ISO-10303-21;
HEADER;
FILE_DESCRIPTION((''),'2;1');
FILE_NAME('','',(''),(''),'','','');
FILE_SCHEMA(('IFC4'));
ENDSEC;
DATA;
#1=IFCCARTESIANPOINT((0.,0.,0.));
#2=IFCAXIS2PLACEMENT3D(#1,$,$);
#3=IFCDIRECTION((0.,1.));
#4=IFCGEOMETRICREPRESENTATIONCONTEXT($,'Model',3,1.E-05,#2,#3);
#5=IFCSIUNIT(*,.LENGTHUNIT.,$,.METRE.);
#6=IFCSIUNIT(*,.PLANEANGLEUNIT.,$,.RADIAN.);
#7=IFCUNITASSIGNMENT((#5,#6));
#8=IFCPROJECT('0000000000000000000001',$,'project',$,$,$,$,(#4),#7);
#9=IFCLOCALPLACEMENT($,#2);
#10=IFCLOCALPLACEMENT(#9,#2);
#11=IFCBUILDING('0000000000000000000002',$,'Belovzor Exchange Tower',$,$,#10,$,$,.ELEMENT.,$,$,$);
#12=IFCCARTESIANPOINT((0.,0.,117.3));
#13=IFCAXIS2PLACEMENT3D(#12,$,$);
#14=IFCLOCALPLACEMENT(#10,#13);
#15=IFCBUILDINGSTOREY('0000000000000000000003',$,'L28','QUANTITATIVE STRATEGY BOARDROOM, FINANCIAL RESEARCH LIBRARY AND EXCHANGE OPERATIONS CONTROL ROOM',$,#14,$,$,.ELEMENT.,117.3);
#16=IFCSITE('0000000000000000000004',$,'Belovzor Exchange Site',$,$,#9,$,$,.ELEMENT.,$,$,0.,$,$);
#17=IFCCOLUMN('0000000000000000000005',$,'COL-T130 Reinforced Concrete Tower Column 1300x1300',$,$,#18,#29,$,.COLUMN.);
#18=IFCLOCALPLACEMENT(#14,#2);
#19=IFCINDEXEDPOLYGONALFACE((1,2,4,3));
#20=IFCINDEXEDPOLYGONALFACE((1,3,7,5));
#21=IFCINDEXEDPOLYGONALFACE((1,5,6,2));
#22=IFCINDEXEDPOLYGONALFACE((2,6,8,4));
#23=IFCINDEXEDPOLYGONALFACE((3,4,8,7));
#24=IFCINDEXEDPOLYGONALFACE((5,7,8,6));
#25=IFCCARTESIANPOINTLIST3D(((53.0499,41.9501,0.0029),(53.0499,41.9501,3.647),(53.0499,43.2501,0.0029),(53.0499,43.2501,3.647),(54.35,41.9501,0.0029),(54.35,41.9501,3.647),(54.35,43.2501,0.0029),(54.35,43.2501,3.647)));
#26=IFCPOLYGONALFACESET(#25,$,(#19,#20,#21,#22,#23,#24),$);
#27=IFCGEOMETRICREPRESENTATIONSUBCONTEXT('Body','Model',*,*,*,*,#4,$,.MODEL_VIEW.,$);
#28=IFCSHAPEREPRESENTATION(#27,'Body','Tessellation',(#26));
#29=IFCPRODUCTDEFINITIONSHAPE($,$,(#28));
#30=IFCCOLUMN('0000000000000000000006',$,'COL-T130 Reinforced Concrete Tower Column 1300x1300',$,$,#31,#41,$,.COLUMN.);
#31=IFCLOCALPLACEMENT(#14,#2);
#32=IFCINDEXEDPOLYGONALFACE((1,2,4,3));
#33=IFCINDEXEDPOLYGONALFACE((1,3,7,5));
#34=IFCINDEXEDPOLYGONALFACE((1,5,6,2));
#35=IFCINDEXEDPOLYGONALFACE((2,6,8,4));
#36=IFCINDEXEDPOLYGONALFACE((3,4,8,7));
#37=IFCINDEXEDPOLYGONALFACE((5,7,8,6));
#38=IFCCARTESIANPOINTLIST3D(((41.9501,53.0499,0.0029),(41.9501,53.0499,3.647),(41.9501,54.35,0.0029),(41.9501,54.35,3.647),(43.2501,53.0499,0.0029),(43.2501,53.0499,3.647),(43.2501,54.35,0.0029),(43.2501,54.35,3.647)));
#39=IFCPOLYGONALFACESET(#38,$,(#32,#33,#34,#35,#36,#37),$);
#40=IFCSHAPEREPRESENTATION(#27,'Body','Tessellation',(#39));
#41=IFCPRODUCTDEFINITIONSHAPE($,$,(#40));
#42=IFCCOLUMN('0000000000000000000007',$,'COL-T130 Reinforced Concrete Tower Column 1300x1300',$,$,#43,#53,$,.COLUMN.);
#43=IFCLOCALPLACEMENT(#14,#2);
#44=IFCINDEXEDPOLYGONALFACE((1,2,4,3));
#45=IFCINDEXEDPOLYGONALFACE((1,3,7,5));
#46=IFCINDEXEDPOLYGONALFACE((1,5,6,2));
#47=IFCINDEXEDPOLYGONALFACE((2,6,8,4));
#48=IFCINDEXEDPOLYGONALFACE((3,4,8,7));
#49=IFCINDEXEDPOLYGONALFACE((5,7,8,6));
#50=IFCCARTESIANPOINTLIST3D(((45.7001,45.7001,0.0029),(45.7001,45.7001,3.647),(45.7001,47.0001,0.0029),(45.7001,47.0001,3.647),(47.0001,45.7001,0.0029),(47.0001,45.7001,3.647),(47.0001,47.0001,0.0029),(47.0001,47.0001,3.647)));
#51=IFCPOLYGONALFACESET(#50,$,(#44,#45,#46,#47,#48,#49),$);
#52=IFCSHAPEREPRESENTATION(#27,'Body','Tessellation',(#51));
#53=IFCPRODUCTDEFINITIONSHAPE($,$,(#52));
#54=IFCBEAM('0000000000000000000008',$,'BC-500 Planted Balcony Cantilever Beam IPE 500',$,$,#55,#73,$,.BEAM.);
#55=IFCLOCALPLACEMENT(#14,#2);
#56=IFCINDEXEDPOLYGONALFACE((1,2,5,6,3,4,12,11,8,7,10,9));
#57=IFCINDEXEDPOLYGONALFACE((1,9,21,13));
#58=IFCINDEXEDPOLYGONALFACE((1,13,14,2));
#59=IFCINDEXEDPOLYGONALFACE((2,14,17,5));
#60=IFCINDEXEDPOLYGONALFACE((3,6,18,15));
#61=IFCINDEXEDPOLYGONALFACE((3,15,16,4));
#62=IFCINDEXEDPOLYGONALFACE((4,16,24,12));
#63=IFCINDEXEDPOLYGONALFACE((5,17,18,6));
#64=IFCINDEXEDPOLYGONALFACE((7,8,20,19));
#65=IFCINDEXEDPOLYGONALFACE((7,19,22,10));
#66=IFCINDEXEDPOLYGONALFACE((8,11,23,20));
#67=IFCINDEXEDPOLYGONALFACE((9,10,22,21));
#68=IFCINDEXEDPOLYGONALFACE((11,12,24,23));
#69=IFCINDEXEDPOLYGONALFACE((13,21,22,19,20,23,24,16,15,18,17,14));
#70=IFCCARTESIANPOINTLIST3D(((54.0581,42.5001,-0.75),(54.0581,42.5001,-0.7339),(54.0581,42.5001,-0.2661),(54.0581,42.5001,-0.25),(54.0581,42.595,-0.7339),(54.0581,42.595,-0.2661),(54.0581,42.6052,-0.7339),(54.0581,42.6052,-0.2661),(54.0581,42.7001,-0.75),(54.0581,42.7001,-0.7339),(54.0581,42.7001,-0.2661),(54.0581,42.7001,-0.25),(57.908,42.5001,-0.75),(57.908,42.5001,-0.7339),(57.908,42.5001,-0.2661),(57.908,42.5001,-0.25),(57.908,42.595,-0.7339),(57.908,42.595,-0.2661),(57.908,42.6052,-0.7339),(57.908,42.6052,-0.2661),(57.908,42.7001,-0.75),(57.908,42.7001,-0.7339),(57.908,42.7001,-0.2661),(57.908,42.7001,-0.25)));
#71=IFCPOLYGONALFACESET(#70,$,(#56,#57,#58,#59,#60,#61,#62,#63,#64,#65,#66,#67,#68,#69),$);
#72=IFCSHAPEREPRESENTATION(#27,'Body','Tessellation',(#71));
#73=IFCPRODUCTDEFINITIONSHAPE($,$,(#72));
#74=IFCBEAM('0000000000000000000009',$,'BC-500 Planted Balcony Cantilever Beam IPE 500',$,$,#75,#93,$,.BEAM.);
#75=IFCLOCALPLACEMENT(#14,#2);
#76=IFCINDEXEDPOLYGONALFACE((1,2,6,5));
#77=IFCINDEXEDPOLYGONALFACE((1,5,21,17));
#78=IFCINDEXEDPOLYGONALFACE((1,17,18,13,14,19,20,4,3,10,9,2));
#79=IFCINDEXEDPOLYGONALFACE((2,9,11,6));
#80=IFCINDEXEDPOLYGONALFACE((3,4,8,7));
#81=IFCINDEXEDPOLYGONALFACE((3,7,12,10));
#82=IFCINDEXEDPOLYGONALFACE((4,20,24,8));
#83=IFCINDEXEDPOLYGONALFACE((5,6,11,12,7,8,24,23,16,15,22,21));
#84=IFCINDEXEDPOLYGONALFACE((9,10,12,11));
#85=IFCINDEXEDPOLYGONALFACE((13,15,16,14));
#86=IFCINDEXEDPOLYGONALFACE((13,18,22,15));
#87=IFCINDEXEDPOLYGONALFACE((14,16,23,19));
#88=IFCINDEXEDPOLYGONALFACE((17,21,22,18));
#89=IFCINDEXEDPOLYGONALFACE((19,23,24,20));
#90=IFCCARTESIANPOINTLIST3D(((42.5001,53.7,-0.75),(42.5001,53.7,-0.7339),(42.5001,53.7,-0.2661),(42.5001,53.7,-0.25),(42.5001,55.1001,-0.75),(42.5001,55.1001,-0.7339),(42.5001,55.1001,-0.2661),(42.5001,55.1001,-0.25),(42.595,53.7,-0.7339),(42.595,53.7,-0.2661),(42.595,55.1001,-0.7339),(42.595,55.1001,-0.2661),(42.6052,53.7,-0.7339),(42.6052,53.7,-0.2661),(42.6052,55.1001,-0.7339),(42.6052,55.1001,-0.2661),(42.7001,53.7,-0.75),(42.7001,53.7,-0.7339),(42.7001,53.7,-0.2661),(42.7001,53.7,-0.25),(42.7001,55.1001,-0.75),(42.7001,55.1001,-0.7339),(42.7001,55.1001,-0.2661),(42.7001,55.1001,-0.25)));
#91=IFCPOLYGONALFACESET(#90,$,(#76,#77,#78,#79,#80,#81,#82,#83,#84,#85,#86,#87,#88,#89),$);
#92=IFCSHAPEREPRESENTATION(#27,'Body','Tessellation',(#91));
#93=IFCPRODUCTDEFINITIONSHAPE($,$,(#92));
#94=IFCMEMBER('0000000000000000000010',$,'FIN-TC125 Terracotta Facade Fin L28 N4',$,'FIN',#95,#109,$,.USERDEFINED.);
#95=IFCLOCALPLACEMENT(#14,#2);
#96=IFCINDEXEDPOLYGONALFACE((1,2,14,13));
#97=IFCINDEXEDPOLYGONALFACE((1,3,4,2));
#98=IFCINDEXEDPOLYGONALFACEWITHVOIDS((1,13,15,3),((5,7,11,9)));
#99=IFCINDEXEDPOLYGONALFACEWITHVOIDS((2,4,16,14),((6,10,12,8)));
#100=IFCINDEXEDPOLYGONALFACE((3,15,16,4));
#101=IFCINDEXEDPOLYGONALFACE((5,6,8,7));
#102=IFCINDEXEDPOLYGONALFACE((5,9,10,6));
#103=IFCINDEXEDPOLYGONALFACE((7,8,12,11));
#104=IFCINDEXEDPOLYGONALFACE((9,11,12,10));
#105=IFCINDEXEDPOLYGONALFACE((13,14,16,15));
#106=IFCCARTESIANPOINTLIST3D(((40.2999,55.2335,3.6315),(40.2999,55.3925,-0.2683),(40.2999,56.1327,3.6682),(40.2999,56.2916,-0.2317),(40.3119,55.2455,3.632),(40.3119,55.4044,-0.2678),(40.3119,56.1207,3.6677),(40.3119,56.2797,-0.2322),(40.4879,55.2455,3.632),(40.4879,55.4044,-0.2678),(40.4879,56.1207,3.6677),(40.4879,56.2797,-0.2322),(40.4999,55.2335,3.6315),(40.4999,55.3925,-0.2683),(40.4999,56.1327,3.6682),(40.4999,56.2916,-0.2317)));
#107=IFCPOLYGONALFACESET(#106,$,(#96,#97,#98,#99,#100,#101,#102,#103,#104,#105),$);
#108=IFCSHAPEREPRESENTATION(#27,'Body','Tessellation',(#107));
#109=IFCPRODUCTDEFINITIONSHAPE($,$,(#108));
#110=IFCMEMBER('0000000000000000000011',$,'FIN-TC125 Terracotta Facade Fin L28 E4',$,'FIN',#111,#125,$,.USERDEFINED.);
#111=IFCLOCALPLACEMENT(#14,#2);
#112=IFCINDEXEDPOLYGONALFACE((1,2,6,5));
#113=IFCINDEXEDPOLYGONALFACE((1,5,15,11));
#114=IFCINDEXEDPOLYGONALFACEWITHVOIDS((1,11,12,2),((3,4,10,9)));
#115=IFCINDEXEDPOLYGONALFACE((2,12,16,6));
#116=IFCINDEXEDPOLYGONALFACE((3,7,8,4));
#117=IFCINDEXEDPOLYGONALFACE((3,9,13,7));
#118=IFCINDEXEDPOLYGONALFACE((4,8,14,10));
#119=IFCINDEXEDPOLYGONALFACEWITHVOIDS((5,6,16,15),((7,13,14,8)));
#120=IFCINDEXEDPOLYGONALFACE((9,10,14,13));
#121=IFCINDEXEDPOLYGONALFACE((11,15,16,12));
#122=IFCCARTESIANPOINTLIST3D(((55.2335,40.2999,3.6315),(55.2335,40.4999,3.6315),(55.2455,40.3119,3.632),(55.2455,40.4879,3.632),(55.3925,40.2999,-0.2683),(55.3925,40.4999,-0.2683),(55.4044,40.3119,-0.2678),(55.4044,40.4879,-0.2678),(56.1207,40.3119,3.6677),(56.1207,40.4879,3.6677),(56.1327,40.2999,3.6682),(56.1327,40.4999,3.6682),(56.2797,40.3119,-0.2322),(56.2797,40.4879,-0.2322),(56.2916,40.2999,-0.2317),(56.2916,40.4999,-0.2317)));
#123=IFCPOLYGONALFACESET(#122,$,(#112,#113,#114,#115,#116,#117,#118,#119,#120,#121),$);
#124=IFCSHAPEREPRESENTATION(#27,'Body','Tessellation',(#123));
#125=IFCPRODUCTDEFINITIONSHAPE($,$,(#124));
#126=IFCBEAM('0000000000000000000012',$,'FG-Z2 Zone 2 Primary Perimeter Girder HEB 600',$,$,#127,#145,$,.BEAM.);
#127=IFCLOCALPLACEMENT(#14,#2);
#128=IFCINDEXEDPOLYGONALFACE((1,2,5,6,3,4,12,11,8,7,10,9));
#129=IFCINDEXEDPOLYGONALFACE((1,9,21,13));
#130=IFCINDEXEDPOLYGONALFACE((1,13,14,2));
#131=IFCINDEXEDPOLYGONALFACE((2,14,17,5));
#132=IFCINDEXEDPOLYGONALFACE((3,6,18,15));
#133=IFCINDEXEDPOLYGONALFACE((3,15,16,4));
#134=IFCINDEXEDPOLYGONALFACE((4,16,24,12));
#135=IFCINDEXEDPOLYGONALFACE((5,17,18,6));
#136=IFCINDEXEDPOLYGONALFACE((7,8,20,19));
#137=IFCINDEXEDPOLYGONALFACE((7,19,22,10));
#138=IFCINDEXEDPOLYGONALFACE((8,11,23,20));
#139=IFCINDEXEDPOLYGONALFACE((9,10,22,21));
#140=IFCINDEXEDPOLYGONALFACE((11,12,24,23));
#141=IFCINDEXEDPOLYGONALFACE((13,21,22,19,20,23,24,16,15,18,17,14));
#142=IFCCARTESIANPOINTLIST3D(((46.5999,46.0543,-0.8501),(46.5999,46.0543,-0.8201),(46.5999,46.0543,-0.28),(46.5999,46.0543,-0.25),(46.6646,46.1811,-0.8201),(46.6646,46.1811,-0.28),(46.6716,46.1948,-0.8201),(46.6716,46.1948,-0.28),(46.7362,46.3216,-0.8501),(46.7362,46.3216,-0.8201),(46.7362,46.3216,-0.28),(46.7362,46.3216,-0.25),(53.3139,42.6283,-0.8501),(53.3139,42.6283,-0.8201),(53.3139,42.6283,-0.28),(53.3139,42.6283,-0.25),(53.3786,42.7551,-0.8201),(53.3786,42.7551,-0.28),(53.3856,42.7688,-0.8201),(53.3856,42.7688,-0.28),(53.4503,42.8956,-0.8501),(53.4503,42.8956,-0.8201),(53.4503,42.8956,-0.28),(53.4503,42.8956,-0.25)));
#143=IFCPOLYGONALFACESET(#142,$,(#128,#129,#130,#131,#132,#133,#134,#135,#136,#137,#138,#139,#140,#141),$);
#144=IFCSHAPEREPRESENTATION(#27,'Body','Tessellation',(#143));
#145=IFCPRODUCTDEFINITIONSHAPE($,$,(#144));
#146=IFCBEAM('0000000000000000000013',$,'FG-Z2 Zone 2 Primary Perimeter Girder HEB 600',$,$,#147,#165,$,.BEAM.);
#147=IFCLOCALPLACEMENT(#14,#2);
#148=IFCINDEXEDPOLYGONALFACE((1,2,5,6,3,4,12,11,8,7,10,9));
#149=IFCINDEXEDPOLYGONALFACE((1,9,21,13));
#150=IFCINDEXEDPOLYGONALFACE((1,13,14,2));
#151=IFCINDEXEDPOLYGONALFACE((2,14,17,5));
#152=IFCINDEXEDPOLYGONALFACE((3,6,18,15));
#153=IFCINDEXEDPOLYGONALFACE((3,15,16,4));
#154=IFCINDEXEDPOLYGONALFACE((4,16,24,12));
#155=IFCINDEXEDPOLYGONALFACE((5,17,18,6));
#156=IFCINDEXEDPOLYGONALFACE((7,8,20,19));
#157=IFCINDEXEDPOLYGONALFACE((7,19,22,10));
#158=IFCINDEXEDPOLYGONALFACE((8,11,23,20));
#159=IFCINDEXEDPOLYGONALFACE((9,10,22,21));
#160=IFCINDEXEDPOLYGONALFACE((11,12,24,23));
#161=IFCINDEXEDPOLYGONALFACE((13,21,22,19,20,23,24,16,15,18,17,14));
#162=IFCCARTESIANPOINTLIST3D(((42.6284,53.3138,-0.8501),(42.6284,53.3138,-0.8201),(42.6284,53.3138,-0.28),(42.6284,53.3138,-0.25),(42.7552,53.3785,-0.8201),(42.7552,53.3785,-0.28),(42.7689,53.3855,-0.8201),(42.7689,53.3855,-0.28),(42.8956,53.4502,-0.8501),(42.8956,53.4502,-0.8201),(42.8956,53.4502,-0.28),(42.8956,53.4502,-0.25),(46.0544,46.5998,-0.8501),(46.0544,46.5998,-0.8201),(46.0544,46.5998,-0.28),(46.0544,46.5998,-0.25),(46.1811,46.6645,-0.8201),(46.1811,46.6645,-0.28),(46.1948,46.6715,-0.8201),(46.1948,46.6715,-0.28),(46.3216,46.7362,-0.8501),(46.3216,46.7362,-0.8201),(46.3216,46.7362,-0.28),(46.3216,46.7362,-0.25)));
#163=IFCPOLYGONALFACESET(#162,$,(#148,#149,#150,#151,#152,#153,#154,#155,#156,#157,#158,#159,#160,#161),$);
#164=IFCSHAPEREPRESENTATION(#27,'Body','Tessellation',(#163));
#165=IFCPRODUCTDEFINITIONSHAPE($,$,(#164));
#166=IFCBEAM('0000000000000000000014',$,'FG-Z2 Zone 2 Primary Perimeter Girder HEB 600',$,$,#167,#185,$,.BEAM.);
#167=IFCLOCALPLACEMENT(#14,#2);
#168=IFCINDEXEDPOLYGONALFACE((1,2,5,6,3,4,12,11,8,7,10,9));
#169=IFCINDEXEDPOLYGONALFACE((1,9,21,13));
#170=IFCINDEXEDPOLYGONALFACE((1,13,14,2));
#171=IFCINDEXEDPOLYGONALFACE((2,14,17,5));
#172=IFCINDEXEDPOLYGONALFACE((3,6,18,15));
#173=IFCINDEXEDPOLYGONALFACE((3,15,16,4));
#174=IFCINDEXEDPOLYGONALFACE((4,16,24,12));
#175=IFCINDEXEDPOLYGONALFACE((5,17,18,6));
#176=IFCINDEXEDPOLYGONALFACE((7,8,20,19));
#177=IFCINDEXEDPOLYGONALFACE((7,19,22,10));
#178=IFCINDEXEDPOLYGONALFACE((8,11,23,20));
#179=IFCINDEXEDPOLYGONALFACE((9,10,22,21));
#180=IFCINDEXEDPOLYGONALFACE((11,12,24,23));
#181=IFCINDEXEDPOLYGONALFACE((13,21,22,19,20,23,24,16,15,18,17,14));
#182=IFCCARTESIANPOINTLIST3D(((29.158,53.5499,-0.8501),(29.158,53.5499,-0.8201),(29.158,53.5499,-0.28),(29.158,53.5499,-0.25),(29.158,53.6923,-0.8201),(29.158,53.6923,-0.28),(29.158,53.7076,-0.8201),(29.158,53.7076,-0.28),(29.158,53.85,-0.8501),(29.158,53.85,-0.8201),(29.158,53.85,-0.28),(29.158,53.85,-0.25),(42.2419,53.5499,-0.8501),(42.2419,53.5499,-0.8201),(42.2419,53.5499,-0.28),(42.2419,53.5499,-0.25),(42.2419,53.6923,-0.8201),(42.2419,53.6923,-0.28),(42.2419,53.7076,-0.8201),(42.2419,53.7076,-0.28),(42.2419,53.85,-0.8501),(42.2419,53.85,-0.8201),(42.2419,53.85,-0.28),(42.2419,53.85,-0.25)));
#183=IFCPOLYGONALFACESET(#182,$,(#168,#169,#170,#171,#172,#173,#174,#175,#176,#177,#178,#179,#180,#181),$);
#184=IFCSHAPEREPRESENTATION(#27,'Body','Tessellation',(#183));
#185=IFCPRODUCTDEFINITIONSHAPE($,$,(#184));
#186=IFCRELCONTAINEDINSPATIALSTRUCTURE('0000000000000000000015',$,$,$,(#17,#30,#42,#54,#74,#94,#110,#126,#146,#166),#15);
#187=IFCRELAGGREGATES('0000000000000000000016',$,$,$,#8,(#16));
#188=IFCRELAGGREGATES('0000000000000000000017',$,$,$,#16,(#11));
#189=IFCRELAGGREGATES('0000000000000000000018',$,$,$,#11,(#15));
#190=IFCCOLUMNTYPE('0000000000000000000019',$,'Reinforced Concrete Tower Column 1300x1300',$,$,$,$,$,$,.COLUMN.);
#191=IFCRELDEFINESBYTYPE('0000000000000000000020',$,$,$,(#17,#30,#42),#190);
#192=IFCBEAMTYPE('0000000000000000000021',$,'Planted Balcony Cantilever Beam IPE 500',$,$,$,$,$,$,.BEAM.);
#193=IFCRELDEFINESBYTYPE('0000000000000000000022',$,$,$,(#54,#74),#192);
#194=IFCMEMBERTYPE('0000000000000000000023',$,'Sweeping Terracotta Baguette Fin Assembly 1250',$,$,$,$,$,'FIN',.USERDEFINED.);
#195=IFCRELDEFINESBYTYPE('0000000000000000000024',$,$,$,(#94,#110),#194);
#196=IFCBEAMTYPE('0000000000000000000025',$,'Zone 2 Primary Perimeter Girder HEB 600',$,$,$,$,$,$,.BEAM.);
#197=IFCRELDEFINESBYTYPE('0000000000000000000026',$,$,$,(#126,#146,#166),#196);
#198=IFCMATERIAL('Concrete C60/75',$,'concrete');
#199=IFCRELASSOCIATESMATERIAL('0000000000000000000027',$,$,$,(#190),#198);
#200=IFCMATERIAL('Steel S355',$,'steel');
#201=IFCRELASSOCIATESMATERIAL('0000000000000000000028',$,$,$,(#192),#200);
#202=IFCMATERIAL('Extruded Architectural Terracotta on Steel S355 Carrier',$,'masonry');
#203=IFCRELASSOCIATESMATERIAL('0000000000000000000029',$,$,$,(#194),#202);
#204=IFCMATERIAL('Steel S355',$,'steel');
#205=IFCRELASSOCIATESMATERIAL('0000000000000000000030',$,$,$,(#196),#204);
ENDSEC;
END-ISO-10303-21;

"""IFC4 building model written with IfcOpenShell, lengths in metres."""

from ifc_helpers import new_model, si_unit, direction, frame, origin, origin_2d, place, context, subcontext, project, spatial, rectangle, hollow_rectangle, i_section, extrude, material, material_profile, profile_set, type_object, element, save


model = new_model("IFC4")

# Units and contexts
model_context = context("Model", 3, precision=1e-05, world=origin(), true_north=direction((0.0, 1.0)))
body_context = subcontext(model_context, "Body", "Model", "MODEL_VIEW")
ifc_project = project(units=[si_unit("LENGTHUNIT", "METRE"), si_unit("PLANEANGLEUNIT", "RADIAN")], contexts=[model_context])

# Site, building, storey
site_placement = place(None, origin())
site = spatial("IfcSite", under=ifc_project, at=site_placement, Name="Belovzor Exchange Site", CompositionType="ELEMENT", RefElevation=0.0)
building_placement = place(site_placement, origin())
building = spatial("IfcBuilding", under=site, at=building_placement, Name="Belovzor Exchange Tower", CompositionType="ELEMENT")
storey_placement = place(building_placement, frame((0.0, 0.0, 117.3)))
storey = spatial("IfcBuildingStorey", under=building, at=storey_placement, Name="L28", Description="QUANTITATIVE STRATEGY BOARDROOM, FINANCIAL RESEARCH LIBRARY AND EXCHANGE OPERATIONS CONTROL ROOM", CompositionType="ELEMENT", Elevation=117.3)

# Columns
ifc_material_1 = material(Name="Concrete C60/75", Category="concrete")
ifc_material_profile_1 = material_profile(ifc_material_1, rectangle(XDim=1.3, YDim=1.3, at=origin_2d()))
ifc_profile_set_1 = profile_set([ifc_material_profile_1], Name="Concrete C60/75")
column_type = type_object("IfcColumnType", Name="Reinforced Concrete Tower Column 1300x1300", PredefinedType="COLUMN", material=ifc_profile_set_1)
for number, where, z_axis, x_axis, name in (
    (1, (53.7, 42.6001, 0.0029), (0.0, 0.0, 1.0), (1.0, 0.0, 0.0), "COL-T130 Reinforced Concrete Tower Column 1300x1300"),
    (2, (42.6001, 53.7, 0.0029), (0.0, 0.0, 1.0), (1.0, 0.0, 0.0), "COL-T130 Reinforced Concrete Tower Column 1300x1300"),
    (3, (46.3501, 46.3501, 0.0029), (0.0, 0.0, 1.0), (1.0, 0.0, 0.0), "COL-T130 Reinforced Concrete Tower Column 1300x1300"),
):
    element("IfcColumn", number, at=place(storey_placement, frame(where, z_axis=z_axis, x_axis=x_axis)), inside=storey, type_object=column_type, Name=name, PredefinedType="COLUMN", context=body_context, shape_type="SweptSolid", body=[
        extrude(rectangle(XDim=1.3, YDim=1.3, at=origin_2d()), origin(), (0.0, 0.0, 1.0), 3.644),
    ])

# Beams
ifc_material_2 = material(Name="Steel S355", Category="steel")
ifc_material_profile_2 = material_profile(ifc_material_2, i_section(OverallWidth=0.2, OverallDepth=0.5, WebThickness=0.0103, FlangeThickness=0.0161, at=origin_2d()))
ifc_profile_set_2 = profile_set([ifc_material_profile_2], Name="Steel S355")
beam_type_1 = type_object("IfcBeamType", Name="Planted Balcony Cantilever Beam IPE 500", PredefinedType="BEAM", material=ifc_profile_set_2)
beam_1_placement = place(storey_placement, frame((54.0581, 42.6001, -0.5), z_axis=(1.0, 0.0, 0.0), x_axis=(0.0, 1.0, 0.0)))
element("IfcBeam", 4, at=beam_1_placement, inside=storey, type_object=beam_type_1, Name="BC-500 Planted Balcony Cantilever Beam IPE 500", PredefinedType="BEAM", context=body_context, shape_type="SweptSolid", body=[
    extrude(i_section(OverallWidth=0.2, OverallDepth=0.5, WebThickness=0.0103, FlangeThickness=0.0161, at=origin_2d()), origin(), (0.0, 0.0, 1.0), 3.8499),
])
beam_2_placement = place(storey_placement, frame((42.6001, 53.7, -0.5), z_axis=(0.0, 1.0, 0.0), x_axis=(-1.0, 0.0, 0.0)))
element("IfcBeam", 5, at=beam_2_placement, inside=storey, type_object=beam_type_1, Name="BC-500 Planted Balcony Cantilever Beam IPE 500", PredefinedType="BEAM", context=body_context, shape_type="SweptSolid", body=[
    extrude(i_section(OverallWidth=0.2, OverallDepth=0.5, WebThickness=0.0103, FlangeThickness=0.0161, at=origin_2d()), origin(), (0.0, 0.0, 1.0), 1.4001),
])

# Members
ifc_material_3 = material(Name="Extruded Architectural Terracotta on Steel S355 Carrier", Category="masonry")
ifc_material_profile_3 = material_profile(ifc_material_3, hollow_rectangle(XDim=0.2, YDim=0.8999, WallThickness=0.012, at=origin_2d()))
ifc_profile_set_3 = profile_set([ifc_material_profile_3], Name="Extruded Architectural Terracotta on Steel S355 Carrier")
member_type = type_object("IfcMemberType", Name="Sweeping Terracotta Baguette Fin Assembly 1250", ElementType="FIN", PredefinedType="USERDEFINED", material=ifc_profile_set_3)
for number, where, z_axis, x_axis, name in (
    (6, (40.3999, 55.842, -0.25), (0.0, -0.04072, 0.999171), (1.0, 0.0, 0.0), "FIN-TC125 Terracotta Facade Fin L28 N4"),
    (7, (55.842, 40.3999, -0.25), (-0.04072, 0.0, 0.999171), (0.0, -1.0, 0.0), "FIN-TC125 Terracotta Facade Fin L28 E4"),
):
    element("IfcMember", number, at=place(storey_placement, frame(where, z_axis=z_axis, x_axis=x_axis)), inside=storey, type_object=member_type, Name=name, ObjectType="FIN", PredefinedType="USERDEFINED", context=body_context, shape_type="SweptSolid", body=[
        extrude(hollow_rectangle(XDim=0.2, YDim=0.8999, WallThickness=0.012, at=origin_2d()), origin(), (0.0, 0.0, 1.0), 3.9031),
    ])

# Beams
ifc_material_4 = material(Name="Steel S355", Category="steel")
ifc_material_profile_4 = material_profile(ifc_material_4, i_section(OverallWidth=0.3, OverallDepth=0.6001, WebThickness=0.0154, FlangeThickness=0.03, at=origin_2d()))
ifc_profile_set_4 = profile_set([ifc_material_profile_4], Name="Steel S355")
beam_type_2 = type_object("IfcBeamType", Name="Zone 2 Primary Perimeter Girder HEB 600", PredefinedType="BEAM", material=ifc_profile_set_4)
for number, where, z_axis, x_axis, name in (
    (8, (53.3821, 42.762, -0.55), (-0.890737, 0.454519, 0.0), (-0.454519, -0.890737, 0.0), "FG-Z2 Zone 2 Primary Perimeter Girder HEB 600"),
    (9, (46.188, 46.668, -0.55), (-0.454519, 0.890737, 0.0), (-0.890737, -0.454519, 0.0), "FG-Z2 Zone 2 Primary Perimeter Girder HEB 600"),
):
    element("IfcBeam", number, at=place(storey_placement, frame(where, z_axis=z_axis, x_axis=x_axis)), inside=storey, type_object=beam_type_2, Name=name, PredefinedType="BEAM", context=body_context, shape_type="SweptSolid", body=[
        extrude(i_section(OverallWidth=0.3, OverallDepth=0.6001, WebThickness=0.0154, FlangeThickness=0.03, at=origin_2d()), origin(), (0.0, 0.0, 1.0), 7.5376),
    ])
beam_3_placement = place(storey_placement, frame((42.2419, 53.7, -0.55), z_axis=(-1.0, 0.0, 0.0), x_axis=(0.0, -1.0, 0.0)))
element("IfcBeam", 10, at=beam_3_placement, inside=storey, type_object=beam_type_2, Name="FG-Z2 Zone 2 Primary Perimeter Girder HEB 600", PredefinedType="BEAM", context=body_context, shape_type="SweptSolid", body=[
    extrude(i_section(OverallWidth=0.3, OverallDepth=0.6001, WebThickness=0.0154, FlangeThickness=0.03, at=origin_2d()), origin(), (0.0, 0.0, 1.0), 13.084),
])

save(model, "model.ifc")
